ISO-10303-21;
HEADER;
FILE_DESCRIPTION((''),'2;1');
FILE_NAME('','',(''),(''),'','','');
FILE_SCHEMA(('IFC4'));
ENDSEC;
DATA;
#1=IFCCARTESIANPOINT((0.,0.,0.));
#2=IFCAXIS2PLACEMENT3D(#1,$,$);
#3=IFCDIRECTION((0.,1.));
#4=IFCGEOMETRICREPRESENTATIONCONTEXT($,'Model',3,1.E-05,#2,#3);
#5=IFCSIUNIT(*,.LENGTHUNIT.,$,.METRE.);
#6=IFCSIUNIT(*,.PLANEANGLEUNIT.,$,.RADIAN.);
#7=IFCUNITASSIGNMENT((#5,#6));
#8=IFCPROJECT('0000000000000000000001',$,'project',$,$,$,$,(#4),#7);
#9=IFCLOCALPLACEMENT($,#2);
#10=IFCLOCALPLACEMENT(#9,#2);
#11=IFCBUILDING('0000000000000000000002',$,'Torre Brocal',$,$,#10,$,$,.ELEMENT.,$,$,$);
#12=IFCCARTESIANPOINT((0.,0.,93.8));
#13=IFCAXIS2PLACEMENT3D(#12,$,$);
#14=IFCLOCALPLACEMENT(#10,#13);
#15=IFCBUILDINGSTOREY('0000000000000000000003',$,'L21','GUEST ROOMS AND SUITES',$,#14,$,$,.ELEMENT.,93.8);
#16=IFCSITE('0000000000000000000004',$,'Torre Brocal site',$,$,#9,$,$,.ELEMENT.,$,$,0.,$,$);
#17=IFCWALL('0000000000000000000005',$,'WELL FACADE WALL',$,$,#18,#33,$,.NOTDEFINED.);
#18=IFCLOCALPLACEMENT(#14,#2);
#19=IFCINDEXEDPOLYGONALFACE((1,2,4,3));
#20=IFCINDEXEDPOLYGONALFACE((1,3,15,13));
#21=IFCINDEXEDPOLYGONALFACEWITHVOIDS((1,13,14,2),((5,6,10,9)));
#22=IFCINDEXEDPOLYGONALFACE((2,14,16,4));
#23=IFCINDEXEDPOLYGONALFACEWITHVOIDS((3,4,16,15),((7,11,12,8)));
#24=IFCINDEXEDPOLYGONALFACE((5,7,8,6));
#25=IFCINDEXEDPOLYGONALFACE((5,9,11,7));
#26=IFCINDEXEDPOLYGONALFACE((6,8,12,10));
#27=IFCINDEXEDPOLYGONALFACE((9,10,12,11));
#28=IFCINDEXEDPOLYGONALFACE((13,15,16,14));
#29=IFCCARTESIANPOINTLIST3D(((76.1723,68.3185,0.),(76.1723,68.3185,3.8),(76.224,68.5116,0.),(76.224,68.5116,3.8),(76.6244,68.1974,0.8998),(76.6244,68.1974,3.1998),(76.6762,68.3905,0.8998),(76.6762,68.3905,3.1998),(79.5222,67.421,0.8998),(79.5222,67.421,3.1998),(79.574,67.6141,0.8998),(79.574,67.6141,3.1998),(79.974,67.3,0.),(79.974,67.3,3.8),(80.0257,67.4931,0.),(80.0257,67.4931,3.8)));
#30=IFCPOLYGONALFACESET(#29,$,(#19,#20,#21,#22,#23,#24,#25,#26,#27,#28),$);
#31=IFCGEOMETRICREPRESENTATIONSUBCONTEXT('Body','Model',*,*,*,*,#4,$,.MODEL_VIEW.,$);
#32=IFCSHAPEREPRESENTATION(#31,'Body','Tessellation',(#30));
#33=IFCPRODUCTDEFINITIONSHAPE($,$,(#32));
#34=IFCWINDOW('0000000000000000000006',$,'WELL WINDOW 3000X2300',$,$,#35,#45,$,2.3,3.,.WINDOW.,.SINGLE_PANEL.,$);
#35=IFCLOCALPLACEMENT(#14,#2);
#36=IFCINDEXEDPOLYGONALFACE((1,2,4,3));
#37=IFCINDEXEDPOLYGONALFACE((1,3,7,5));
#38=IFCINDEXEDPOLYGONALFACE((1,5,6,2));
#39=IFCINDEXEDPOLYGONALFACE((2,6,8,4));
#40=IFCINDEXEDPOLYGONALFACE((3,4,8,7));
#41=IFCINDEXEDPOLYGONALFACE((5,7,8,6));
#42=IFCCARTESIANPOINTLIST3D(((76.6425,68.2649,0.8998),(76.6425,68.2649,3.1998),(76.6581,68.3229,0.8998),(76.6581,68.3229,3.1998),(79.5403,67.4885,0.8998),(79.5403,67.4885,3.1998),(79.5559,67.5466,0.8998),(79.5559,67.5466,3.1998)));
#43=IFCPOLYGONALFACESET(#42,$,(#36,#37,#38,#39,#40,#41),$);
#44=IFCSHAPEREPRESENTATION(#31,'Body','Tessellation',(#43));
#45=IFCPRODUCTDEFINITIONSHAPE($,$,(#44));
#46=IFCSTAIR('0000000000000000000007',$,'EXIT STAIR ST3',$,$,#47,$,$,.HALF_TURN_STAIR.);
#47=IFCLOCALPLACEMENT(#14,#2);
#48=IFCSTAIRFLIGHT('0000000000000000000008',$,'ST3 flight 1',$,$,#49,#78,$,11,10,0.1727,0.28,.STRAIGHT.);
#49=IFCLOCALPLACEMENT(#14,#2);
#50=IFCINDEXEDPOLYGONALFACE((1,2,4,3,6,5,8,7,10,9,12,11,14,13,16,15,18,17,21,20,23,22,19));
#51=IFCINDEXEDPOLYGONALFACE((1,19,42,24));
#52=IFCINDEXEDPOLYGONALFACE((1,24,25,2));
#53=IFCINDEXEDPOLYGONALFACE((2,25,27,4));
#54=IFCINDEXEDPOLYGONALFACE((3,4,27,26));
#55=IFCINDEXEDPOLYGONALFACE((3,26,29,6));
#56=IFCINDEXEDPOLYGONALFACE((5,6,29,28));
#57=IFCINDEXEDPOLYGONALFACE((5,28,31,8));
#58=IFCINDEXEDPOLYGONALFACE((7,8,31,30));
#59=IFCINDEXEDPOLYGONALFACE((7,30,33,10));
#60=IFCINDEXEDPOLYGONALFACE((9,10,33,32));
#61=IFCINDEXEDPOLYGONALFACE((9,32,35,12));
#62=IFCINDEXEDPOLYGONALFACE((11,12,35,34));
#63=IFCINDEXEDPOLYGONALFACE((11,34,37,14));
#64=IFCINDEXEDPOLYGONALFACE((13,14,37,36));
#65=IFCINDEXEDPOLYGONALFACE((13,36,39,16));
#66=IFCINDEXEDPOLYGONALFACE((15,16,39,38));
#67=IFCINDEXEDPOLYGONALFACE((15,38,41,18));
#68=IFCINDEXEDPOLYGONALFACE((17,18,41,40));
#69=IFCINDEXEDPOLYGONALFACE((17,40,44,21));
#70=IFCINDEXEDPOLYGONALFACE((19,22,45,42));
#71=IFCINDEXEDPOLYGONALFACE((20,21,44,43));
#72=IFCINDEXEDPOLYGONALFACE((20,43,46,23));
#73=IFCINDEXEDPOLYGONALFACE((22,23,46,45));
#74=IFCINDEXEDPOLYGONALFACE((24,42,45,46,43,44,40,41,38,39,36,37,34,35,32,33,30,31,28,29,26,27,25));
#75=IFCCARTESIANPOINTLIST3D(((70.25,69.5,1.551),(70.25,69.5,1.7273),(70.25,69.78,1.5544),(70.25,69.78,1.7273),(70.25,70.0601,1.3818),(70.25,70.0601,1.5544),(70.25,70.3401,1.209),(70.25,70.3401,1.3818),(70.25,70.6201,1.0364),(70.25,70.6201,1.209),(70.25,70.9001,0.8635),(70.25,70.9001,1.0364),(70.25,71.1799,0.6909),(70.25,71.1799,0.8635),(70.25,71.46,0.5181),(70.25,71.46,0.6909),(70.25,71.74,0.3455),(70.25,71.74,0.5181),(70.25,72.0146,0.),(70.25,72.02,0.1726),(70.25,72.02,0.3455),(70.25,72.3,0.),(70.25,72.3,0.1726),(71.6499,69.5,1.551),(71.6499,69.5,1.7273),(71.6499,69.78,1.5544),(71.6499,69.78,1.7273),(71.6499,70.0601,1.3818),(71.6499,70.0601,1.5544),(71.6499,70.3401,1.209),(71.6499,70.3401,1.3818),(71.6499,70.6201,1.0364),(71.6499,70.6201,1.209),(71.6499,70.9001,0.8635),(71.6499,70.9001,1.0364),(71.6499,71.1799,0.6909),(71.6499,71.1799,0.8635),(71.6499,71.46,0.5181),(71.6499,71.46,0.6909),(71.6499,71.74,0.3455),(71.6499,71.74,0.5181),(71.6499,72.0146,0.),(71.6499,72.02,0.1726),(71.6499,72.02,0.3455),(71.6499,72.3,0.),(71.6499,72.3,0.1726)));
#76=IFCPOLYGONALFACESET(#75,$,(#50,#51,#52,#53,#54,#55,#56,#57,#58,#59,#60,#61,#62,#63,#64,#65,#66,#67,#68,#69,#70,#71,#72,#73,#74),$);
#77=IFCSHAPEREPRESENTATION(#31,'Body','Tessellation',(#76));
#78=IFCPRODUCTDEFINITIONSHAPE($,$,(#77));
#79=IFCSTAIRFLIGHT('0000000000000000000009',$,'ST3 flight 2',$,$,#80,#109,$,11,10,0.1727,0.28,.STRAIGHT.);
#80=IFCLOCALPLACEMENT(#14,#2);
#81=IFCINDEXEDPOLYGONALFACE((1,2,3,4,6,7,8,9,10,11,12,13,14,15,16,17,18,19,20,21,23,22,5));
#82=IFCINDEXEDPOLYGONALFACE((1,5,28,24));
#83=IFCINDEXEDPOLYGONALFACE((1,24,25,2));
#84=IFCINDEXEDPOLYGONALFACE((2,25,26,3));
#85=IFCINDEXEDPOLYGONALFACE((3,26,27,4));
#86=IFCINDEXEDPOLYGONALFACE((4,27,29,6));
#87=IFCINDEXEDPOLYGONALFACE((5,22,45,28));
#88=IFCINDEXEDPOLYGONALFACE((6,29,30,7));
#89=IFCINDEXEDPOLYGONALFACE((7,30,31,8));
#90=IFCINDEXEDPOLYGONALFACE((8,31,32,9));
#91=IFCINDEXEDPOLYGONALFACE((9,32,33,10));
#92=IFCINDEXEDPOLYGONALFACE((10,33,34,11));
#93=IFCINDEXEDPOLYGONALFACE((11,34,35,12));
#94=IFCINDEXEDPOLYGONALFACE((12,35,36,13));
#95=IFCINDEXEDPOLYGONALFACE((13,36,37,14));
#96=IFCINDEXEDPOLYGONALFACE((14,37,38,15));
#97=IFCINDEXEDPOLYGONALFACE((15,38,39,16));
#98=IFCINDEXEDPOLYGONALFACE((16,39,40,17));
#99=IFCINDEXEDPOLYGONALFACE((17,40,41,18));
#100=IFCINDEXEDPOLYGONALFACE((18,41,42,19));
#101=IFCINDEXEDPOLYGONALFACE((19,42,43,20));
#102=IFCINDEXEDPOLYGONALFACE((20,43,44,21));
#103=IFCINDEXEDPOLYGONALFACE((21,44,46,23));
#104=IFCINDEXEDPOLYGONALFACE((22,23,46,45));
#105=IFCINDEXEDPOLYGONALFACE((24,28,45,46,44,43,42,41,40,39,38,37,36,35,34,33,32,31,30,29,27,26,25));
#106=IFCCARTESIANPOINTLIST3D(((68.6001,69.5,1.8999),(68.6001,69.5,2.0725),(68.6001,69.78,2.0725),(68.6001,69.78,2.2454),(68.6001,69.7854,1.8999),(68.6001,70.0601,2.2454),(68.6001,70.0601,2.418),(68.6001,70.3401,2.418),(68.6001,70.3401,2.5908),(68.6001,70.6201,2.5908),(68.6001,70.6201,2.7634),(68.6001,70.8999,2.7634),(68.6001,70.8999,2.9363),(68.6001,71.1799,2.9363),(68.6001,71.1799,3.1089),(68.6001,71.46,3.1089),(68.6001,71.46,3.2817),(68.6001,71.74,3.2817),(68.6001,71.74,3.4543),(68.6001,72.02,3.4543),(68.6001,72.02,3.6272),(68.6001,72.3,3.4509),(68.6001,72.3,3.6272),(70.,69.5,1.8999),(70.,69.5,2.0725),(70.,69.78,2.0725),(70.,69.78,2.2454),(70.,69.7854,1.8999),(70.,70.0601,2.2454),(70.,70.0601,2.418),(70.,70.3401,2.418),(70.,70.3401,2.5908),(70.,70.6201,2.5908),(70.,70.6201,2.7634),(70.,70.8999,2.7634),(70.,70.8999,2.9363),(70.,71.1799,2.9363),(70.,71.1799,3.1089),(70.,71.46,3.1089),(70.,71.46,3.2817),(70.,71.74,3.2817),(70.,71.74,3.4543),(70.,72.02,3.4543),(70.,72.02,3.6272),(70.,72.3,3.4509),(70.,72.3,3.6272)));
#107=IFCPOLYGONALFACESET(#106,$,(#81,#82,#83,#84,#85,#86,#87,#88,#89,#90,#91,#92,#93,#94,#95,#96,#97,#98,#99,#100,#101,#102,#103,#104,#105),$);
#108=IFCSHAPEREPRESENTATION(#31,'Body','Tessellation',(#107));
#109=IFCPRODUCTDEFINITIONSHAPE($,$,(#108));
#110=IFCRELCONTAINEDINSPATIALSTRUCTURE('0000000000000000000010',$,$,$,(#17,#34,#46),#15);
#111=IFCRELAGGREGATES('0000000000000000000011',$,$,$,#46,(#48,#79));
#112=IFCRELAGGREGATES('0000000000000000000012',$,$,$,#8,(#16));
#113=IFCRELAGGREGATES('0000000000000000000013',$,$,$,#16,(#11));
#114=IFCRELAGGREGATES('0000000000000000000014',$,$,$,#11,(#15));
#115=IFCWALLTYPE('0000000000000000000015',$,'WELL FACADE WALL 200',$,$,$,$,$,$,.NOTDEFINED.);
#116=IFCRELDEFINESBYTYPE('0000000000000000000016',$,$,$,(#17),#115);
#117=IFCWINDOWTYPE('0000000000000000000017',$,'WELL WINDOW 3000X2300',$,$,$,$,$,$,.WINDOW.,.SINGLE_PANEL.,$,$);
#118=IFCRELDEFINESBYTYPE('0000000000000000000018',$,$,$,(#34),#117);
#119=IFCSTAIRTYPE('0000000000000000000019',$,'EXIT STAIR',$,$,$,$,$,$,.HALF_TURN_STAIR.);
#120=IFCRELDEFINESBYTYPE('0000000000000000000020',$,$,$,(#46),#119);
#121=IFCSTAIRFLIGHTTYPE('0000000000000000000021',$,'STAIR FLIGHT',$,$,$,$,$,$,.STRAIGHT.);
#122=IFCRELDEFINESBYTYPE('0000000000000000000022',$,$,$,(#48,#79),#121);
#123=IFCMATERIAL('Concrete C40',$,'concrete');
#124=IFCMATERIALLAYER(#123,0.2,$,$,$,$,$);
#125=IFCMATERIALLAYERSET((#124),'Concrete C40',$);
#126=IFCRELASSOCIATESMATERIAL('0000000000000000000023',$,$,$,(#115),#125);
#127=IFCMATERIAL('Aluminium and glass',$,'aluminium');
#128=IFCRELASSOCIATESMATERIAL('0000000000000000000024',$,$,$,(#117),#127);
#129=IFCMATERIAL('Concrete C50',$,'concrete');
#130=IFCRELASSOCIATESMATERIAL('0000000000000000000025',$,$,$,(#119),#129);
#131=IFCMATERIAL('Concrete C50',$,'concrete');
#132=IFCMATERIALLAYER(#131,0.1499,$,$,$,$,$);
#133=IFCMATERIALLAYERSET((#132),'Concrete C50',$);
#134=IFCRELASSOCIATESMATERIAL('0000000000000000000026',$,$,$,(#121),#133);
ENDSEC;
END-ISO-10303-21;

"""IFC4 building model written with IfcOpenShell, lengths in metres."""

from ifc_helpers import new_model, si_unit, direction, frame, frame_2d, origin, place, context, subcontext, project, spatial, polyline, rectangle, outline, extrude, material, layer, layer_set, type_object, element, fill, aggregate, save


model = new_model("IFC4")

# Units and contexts
model_context = context("Model", 3, precision=1e-05, world=origin(), true_north=direction((0.0, 1.0)))
body_context = subcontext(model_context, "Body", "Model", "MODEL_VIEW")
ifc_project = project(units=[si_unit("LENGTHUNIT", "METRE"), si_unit("PLANEANGLEUNIT", "RADIAN")], contexts=[model_context])

# Site, building, storey
site_placement = place(None, origin())
site = spatial("IfcSite", under=ifc_project, at=site_placement, Name="Torre Brocal site", CompositionType="ELEMENT", RefElevation=0.0)
building_placement = place(site_placement, origin())
building = spatial("IfcBuilding", under=site, at=building_placement, Name="Torre Brocal", CompositionType="ELEMENT")
storey_placement = place(building_placement, frame((0.0, 0.0, 93.8)))
storey = spatial("IfcBuildingStorey", under=building, at=storey_placement, Name="L21", Description="GUEST ROOMS AND SUITES", CompositionType="ELEMENT", Elevation=93.8)

# Wall, opening, window
ifc_material_1 = material(Name="Concrete C40", Category="concrete")
ifc_layer_1 = layer(ifc_material_1, 0.2)
ifc_layer_set_1 = layer_set([ifc_layer_1], Name="Concrete C40")
wall_type_1 = type_object("IfcWallType", Name="WELL FACADE WALL 200", PredefinedType="NOTDEFINED", material=ifc_layer_set_1)
ifc_material_2 = material(Name="Aluminium and glass", Category="aluminium")
window_type = type_object("IfcWindowType", Name="WELL WINDOW 3000X2300", PartitioningType="SINGLE_PANEL", PredefinedType="WINDOW", material=ifc_material_2)
wall_1_placement = place(storey_placement, frame((76.1982, 68.415, 0.0), z_axis=(0.0, 0.0, 1.0), x_axis=(0.965934, -0.25879, 0.0)))
wall_1 = element("IfcWall", 1, at=wall_1_placement, inside=storey, type_object=wall_type_1, Name="WELL FACADE WALL", PredefinedType="NOTDEFINED", context=body_context, shape_type="SweptSolid", body=[
    extrude(rectangle(XDim=3.9358, YDim=0.2, at=frame_2d((1.9678, 0.0))), origin(), (0.0, 0.0, 1.0), 3.8),
])
opening_1_placement = place(wall_1_placement, frame((0.468, 0.0, 0.8999)))
opening_1 = element("IfcOpeningElement", 2, at=opening_1_placement, cuts=wall_1, PredefinedType="OPENING", context=body_context, shape_type="SweptSolid", body=[
    extrude(rectangle(XDim=3.0, YDim=2.3, at=frame_2d((1.5, 1.1499))), frame((0.0, 0.1099, 0.0), z_axis=(0.0, -1.0, 0.0), x_axis=(1.0, 0.0, 0.0)), (0.0, 0.0, 1.0), 0.22),
])
window_1_placement = place(opening_1_placement, origin())
window_1 = element("IfcWindow", 3, at=window_1_placement, inside=storey, type_object=window_type, Name="WELL WINDOW 3000X2300", OverallHeight=2.3, OverallWidth=3.0, PartitioningType="SINGLE_PANEL", PredefinedType="WINDOW", context=body_context, shape_type="SweptSolid", body=[
    extrude(rectangle(XDim=3.0, YDim=2.3, at=frame_2d((1.5, 1.1499))), frame((0.0, 0.03, 0.0), z_axis=(0.0, -1.0, 0.0), x_axis=(1.0, 0.0, 0.0)), (0.0, 0.0, 1.0), 0.0601),
])
fill(opening_1, window_1)

# Stair, stair flights
ifc_material_3 = material(Name="Concrete C50", Category="concrete")
stair_type = type_object("IfcStairType", Name="EXIT STAIR", PredefinedType="HALF_TURN_STAIR", material=ifc_material_3)
stair_placement = place(storey_placement, origin())
stair = element("IfcStair", 4, at=stair_placement, inside=storey, type_object=stair_type, Name="EXIT STAIR ST3", PredefinedType="HALF_TURN_STAIR")
ifc_material_4 = material(Name="Concrete C50", Category="concrete")
ifc_layer_2 = layer(ifc_material_4, 0.1499)
ifc_layer_set_2 = layer_set([ifc_layer_2], Name="Concrete C50")
stair_flight_type = type_object("IfcStairFlightType", Name="STAIR FLIGHT", PredefinedType="STRAIGHT", material=ifc_layer_set_2)
stair_flight_1_placement = place(storey_placement, frame((70.95, 72.3, 0.0), z_axis=(0.0, 0.0, 1.0), x_axis=(0.0, -1.0, 0.0)))
stair_flight_1 = element("IfcStairFlight", 5, at=stair_flight_1_placement, type_object=stair_flight_type, Name="ST3 flight 1", NumberOfRisers=11, NumberOfTreads=10, PredefinedType="STRAIGHT", RiserHeight=0.1727, TreadLength=0.28, context=body_context, shape_type="SweptSolid", body=[
    extrude(outline(polyline([(0.0, 0.0), (0.0, 0.1726), (0.28, 0.1726), (0.28, 0.3455), (0.5601, 0.3455), (0.5601, 0.5181), (0.8401, 0.5181), (0.8401, 0.6909), (1.1201, 0.6909), (1.1201, 0.8635), (1.3999, 0.8635), (1.3999, 1.0364), (1.6799, 1.0364), (1.6799, 1.209), (1.96, 1.209), (1.96, 1.3818), (2.24, 1.3818), (2.24, 1.5544), (2.52, 1.5544), (2.52, 1.7273), (2.8, 1.7273), (2.8, 1.8999), (2.8, 1.551), (0.2854, 0.0), (0.0, 0.0)])), frame((0.0, 0.7, 0.0), z_axis=(0.0, -1.0, 0.0), x_axis=(1.0, 0.0, 0.0)), (0.0, 0.0, 1.0), 1.3999),
])
stair_flight_2_placement = place(storey_placement, frame((69.3, 69.5, 1.8999), z_axis=(0.0, 0.0, 1.0), x_axis=(0.0, 1.0, 0.0)))
stair_flight_2 = element("IfcStairFlight", 6, at=stair_flight_2_placement, type_object=stair_flight_type, Name="ST3 flight 2", NumberOfRisers=11, NumberOfTreads=10, PredefinedType="STRAIGHT", RiserHeight=0.1727, TreadLength=0.28, context=body_context, shape_type="SweptSolid", body=[
    extrude(outline(polyline([(0.0, 0.0), (0.0, 0.1726), (0.28, 0.1726), (0.28, 0.3455), (0.5601, 0.3455), (0.5601, 0.5181), (0.8401, 0.5181), (0.8401, 0.6909), (1.1201, 0.6909), (1.1201, 0.8635), (1.3999, 0.8635), (1.3999, 1.0364), (1.6799, 1.0364), (1.6799, 1.209), (1.96, 1.209), (1.96, 1.3818), (2.24, 1.3818), (2.24, 1.5544), (2.52, 1.5544), (2.52, 1.7273), (2.8, 1.7273), (2.8, 1.8999), (2.8, 1.551), (0.2854, 0.0), (0.0, 0.0)])), frame((0.0, 0.7, 0.0), z_axis=(0.0, -1.0, 0.0), x_axis=(1.0, 0.0, 0.0)), (0.0, 0.0, 1.0), 1.3999),
])
aggregate(stair, [stair_flight_1, stair_flight_2])

save(model, "model.ifc")
